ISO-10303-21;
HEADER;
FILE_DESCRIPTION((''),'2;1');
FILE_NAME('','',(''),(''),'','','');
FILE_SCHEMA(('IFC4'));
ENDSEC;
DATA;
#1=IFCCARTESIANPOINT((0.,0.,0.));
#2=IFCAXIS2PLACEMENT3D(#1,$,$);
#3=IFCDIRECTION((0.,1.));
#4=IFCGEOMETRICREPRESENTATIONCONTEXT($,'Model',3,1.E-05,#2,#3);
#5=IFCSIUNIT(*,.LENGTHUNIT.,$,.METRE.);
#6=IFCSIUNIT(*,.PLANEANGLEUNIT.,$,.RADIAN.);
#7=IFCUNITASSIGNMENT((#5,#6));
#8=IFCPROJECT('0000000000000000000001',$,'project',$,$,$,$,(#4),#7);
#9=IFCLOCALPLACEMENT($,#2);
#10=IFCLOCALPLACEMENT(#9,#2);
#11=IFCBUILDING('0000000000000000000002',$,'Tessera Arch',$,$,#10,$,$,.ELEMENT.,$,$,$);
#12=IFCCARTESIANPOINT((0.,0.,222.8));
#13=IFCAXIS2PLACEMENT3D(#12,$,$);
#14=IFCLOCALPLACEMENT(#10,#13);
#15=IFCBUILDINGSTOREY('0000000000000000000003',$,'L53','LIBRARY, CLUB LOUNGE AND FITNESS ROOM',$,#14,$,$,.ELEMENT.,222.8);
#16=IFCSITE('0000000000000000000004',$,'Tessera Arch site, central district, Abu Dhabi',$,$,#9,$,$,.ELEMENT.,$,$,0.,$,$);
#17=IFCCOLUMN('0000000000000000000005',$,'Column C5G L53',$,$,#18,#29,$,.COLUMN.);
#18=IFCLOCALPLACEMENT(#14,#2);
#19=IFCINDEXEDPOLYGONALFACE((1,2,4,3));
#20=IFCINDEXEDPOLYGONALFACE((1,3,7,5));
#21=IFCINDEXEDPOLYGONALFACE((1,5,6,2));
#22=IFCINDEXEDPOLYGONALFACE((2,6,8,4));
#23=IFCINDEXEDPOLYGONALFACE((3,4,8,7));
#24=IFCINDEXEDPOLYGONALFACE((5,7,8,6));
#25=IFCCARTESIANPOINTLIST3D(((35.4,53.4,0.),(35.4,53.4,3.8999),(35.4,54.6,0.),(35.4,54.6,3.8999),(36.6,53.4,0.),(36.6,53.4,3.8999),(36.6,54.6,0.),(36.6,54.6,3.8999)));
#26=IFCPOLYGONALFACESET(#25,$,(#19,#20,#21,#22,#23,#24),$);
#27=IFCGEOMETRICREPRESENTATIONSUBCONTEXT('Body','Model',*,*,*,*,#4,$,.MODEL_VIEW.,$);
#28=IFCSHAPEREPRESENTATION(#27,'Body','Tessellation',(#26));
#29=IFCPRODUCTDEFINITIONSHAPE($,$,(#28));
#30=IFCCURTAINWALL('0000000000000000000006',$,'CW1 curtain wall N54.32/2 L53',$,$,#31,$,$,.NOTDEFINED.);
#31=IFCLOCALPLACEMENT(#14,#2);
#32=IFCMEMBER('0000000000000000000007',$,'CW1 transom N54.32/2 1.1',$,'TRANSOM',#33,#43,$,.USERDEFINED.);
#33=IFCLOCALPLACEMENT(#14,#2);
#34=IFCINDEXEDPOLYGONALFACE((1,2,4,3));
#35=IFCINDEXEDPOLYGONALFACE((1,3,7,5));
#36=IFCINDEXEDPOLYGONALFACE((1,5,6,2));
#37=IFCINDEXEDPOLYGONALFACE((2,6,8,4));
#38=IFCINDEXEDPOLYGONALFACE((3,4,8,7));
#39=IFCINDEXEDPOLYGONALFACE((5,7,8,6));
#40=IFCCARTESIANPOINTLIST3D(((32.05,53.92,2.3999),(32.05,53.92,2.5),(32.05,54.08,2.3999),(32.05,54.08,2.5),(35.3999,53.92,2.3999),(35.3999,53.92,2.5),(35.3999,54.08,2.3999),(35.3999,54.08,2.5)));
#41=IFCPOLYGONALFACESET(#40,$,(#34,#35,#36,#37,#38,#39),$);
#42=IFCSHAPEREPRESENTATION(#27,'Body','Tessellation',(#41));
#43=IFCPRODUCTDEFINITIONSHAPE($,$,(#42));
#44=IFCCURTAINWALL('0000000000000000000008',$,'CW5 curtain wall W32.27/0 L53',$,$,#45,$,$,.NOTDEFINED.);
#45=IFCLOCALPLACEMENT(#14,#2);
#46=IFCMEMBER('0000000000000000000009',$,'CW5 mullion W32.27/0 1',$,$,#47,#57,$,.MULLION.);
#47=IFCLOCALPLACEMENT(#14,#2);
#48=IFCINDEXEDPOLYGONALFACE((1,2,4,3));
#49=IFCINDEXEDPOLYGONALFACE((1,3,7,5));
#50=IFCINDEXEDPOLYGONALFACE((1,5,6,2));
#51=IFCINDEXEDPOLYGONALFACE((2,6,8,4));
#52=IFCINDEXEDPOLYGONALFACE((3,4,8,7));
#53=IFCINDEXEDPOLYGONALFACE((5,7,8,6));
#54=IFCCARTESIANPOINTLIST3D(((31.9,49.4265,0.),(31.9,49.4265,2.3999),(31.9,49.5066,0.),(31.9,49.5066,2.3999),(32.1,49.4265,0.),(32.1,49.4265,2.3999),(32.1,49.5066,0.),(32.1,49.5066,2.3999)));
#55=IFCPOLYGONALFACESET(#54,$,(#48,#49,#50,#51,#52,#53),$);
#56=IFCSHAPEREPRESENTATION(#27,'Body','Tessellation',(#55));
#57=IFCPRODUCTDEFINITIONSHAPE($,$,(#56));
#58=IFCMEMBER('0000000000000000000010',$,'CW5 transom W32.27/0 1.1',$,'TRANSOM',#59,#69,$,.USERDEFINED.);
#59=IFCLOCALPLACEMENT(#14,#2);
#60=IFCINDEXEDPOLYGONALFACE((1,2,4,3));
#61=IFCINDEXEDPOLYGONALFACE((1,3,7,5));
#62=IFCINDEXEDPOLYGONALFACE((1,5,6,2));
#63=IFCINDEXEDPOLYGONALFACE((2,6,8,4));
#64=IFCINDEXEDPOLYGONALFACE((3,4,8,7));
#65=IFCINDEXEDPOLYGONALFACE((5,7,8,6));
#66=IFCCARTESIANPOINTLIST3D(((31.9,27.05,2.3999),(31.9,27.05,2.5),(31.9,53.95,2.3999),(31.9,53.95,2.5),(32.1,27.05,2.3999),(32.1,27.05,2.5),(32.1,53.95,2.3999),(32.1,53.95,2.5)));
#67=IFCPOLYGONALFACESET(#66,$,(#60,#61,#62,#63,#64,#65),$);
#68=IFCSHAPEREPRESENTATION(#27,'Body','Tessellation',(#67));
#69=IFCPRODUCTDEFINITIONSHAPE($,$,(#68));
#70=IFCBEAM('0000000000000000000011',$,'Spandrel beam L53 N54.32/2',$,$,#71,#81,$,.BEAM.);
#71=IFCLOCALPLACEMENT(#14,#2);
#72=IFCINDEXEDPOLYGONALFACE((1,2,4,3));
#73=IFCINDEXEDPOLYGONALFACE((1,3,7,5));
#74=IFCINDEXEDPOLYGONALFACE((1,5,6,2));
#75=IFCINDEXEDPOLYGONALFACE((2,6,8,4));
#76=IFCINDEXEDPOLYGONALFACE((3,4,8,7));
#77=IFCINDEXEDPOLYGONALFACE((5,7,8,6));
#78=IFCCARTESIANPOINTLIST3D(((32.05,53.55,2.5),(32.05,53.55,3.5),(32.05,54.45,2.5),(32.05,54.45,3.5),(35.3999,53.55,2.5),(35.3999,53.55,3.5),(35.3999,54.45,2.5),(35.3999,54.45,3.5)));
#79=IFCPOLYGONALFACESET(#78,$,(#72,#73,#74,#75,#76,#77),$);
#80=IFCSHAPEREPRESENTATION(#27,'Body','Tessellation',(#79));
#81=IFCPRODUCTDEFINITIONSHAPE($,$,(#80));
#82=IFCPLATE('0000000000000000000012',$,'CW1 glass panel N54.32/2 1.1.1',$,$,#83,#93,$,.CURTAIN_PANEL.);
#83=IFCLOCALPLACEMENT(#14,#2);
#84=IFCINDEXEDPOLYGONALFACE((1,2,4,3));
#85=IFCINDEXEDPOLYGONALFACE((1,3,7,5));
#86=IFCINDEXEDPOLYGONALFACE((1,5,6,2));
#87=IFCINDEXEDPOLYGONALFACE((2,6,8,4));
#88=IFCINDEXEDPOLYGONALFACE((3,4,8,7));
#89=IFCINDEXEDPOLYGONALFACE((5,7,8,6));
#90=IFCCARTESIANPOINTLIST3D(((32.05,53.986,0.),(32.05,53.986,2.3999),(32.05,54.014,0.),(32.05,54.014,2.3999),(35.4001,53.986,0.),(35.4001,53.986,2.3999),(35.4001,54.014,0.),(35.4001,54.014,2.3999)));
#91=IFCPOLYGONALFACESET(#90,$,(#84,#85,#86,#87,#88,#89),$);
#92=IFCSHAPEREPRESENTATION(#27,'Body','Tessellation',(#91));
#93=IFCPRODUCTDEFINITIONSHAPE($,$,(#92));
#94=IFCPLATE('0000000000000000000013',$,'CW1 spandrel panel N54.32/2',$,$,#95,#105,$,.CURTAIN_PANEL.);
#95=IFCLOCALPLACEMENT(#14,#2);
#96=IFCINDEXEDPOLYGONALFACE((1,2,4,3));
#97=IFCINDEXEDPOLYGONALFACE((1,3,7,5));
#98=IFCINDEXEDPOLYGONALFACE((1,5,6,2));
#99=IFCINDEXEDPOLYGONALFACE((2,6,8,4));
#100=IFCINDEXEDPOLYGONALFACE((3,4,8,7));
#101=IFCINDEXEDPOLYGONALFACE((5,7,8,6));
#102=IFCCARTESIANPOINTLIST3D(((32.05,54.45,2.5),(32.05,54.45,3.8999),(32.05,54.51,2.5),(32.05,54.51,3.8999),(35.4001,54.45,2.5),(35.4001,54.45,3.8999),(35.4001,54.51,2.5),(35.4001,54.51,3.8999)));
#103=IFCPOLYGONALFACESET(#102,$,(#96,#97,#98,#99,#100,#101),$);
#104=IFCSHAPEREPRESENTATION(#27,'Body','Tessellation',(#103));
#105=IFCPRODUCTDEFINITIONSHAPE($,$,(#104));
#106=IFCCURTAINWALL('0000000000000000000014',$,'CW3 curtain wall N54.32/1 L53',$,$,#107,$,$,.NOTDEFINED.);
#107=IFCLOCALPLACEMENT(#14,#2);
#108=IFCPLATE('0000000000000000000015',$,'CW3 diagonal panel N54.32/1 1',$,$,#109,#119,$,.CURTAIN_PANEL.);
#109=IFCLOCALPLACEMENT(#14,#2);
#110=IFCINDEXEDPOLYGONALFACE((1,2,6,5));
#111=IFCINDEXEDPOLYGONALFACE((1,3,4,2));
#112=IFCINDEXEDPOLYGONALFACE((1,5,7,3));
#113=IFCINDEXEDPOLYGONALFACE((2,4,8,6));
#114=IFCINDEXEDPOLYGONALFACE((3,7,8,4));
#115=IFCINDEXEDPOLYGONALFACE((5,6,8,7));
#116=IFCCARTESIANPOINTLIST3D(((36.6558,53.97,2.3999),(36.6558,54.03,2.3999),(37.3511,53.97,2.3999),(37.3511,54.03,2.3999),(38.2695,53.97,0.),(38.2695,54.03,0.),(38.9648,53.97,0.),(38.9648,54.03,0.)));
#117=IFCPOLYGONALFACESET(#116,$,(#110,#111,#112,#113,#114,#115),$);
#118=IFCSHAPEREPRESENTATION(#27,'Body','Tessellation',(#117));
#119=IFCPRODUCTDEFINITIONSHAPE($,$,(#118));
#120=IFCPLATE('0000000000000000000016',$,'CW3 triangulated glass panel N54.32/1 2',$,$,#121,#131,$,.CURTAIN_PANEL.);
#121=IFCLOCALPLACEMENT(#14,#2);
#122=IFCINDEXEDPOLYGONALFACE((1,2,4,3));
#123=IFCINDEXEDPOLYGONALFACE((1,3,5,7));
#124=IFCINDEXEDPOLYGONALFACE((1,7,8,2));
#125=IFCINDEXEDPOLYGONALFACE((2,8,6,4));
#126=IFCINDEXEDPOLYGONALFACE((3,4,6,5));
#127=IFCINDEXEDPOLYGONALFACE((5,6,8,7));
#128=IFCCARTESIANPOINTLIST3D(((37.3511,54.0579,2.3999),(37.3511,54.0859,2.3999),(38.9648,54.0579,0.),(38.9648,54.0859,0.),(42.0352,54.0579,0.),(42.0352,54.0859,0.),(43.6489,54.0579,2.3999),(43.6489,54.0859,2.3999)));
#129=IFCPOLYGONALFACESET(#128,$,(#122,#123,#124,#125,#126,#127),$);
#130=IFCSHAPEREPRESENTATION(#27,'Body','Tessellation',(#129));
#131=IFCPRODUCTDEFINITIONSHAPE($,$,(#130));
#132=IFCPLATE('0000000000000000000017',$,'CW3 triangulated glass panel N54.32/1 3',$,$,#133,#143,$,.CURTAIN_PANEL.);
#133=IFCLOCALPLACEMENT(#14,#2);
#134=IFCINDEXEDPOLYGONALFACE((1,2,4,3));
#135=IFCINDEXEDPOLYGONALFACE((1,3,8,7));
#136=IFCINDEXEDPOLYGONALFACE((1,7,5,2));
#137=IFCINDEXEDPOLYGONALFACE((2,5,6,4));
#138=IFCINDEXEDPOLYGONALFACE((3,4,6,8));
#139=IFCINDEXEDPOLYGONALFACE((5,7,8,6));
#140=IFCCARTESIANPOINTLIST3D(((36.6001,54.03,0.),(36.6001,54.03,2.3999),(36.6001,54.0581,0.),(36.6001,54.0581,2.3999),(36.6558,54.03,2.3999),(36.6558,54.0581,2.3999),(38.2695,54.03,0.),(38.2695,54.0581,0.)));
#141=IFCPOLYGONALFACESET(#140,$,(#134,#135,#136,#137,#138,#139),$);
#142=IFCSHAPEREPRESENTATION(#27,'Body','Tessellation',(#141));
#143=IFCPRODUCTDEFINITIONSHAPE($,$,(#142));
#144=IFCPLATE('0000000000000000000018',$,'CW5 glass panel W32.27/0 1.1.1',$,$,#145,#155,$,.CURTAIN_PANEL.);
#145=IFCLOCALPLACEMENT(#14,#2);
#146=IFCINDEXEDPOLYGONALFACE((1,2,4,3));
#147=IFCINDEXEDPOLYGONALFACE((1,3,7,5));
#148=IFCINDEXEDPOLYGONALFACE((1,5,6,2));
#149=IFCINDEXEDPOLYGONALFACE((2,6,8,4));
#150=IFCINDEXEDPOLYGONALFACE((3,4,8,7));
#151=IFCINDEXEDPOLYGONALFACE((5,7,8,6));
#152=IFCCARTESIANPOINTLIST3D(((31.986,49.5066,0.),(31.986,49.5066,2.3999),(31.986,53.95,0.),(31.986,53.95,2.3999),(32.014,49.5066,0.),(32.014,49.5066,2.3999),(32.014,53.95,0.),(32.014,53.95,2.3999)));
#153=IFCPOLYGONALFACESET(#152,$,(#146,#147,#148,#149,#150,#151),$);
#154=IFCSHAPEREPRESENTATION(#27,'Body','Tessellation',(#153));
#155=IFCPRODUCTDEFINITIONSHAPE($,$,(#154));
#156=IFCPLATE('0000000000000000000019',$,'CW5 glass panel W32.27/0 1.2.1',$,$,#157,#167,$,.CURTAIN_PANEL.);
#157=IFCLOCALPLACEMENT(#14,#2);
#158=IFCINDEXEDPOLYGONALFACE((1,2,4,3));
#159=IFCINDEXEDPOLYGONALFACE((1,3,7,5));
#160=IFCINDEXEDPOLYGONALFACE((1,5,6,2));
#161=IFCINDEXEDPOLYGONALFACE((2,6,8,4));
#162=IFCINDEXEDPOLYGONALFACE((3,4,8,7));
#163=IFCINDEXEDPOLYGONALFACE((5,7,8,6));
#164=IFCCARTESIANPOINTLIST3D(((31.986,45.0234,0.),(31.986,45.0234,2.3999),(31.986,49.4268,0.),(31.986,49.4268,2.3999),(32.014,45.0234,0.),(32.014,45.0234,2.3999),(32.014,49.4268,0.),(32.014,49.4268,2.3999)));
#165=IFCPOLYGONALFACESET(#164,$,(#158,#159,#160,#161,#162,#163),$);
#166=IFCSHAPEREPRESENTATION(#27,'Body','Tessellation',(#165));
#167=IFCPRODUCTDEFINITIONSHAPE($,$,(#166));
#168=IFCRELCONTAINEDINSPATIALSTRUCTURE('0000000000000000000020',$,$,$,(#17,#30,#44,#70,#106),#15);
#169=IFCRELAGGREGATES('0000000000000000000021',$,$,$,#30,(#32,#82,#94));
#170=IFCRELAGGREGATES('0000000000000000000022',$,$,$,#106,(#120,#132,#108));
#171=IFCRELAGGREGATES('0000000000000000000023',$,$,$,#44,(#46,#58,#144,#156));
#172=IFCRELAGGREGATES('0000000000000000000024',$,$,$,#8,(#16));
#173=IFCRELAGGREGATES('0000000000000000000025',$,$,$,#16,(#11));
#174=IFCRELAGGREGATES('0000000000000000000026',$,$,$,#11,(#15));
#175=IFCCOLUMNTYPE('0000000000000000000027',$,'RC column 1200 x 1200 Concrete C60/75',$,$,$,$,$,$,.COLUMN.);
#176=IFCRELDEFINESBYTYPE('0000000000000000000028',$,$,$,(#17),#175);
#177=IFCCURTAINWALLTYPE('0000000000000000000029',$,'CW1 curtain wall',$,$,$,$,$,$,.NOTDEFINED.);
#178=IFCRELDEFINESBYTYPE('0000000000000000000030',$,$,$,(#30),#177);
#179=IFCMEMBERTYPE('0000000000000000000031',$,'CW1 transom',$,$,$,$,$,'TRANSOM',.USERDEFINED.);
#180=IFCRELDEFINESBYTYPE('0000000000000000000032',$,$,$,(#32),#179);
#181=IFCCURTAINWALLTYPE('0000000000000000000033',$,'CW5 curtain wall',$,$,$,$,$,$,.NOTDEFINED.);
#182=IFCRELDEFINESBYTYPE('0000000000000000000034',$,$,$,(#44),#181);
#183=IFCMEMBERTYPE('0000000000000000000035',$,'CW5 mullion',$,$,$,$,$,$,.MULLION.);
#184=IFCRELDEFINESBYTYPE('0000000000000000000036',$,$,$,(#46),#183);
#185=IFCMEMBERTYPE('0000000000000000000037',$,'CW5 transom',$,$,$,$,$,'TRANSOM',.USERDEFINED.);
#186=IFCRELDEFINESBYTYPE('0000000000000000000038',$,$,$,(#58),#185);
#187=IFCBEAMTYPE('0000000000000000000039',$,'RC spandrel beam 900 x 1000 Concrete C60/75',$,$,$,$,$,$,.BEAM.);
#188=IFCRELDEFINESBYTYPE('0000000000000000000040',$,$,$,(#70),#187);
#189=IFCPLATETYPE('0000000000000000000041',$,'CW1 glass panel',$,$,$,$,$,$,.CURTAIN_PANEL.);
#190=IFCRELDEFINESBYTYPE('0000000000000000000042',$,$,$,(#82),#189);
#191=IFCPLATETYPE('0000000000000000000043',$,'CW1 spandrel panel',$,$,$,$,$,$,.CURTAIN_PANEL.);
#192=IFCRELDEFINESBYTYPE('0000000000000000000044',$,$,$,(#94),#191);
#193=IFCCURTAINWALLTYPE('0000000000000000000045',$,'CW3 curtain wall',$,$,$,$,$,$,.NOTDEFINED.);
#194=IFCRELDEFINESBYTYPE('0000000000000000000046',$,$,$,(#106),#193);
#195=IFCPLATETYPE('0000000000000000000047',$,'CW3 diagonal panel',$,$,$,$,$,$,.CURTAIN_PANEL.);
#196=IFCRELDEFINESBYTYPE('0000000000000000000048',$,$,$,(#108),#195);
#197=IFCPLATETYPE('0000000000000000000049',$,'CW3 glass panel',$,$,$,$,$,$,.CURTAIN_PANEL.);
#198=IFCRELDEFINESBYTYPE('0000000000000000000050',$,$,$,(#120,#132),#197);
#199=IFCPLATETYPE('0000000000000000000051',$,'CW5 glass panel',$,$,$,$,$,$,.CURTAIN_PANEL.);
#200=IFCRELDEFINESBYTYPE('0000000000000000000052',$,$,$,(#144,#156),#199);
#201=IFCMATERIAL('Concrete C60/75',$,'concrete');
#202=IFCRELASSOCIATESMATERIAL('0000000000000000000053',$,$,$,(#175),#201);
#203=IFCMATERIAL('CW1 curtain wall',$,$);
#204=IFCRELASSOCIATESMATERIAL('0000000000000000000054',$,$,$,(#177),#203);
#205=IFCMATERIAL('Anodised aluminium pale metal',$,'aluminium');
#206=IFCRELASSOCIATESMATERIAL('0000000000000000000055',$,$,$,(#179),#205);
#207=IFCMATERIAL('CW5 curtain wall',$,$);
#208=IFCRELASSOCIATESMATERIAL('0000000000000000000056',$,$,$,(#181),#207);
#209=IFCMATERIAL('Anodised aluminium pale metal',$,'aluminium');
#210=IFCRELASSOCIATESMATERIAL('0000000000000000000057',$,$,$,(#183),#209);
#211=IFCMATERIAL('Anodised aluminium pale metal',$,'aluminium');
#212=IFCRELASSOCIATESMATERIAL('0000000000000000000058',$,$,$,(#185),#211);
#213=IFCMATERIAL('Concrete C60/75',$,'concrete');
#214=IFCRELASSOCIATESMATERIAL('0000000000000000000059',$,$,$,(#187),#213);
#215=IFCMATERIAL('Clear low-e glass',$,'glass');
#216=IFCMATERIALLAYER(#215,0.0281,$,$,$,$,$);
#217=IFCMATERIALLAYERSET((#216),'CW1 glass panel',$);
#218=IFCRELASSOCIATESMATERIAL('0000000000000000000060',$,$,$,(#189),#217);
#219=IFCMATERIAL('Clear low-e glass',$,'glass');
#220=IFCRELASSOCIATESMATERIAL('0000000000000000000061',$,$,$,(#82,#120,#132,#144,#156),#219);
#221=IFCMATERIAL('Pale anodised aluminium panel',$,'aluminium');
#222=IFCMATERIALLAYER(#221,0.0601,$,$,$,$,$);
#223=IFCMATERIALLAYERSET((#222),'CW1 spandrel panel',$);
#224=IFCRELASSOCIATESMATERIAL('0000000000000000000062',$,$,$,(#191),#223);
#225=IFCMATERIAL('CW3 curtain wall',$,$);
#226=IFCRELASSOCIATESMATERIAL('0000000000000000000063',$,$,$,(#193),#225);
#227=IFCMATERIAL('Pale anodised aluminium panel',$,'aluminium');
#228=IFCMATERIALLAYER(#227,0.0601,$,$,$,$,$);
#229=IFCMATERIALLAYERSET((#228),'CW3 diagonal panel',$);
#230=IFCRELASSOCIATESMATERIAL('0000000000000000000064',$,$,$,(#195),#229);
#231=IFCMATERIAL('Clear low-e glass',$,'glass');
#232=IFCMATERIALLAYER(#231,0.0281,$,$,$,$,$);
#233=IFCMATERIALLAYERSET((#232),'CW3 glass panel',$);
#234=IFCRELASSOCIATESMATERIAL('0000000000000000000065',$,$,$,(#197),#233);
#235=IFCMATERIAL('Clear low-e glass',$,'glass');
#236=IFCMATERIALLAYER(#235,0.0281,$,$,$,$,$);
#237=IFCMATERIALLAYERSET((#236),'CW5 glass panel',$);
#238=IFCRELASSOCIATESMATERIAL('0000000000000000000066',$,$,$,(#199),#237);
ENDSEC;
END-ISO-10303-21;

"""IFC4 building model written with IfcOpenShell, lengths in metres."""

from ifc_helpers import new_model, si_unit, direction, frame, origin, origin_2d, place, context, subcontext, project, spatial, polyline, rectangle, outline, extrude, material, layer, layer_set, material_profile, profile_set, type_object, element, aggregate, save


model = new_model("IFC4")

# Units and contexts
model_context = context("Model", 3, precision=1e-05, world=origin(), true_north=direction((0.0, 1.0)))
body_context = subcontext(model_context, "Body", "Model", "MODEL_VIEW")
ifc_project = project(units=[si_unit("LENGTHUNIT", "METRE"), si_unit("PLANEANGLEUNIT", "RADIAN")], contexts=[model_context])

# Site, building, storey
site_placement = place(None, origin())
site = spatial("IfcSite", under=ifc_project, at=site_placement, Name="Tessera Arch site, central district, Abu Dhabi", CompositionType="ELEMENT", RefElevation=0.0)
building_placement = place(site_placement, origin())
building = spatial("IfcBuilding", under=site, at=building_placement, Name="Tessera Arch", CompositionType="ELEMENT")
storey_placement = place(building_placement, frame((0.0, 0.0, 222.8)))
storey = spatial("IfcBuildingStorey", under=building, at=storey_placement, Name="L53", Description="LIBRARY, CLUB LOUNGE AND FITNESS ROOM", CompositionType="ELEMENT", Elevation=222.8)

# Column
ifc_material_1 = material(Name="Concrete C60/75", Category="concrete")
ifc_material_profile_1 = material_profile(ifc_material_1, rectangle(XDim=1.2, YDim=1.2, at=origin_2d()), Name="RC column 1200 x 1200 Concrete C60/75")
ifc_profile_set_1 = profile_set([ifc_material_profile_1], Name="Concrete C60/75")
column_type = type_object("IfcColumnType", Name="RC column 1200 x 1200 Concrete C60/75", PredefinedType="COLUMN", material=ifc_profile_set_1)
column_placement = place(storey_placement, frame((36.0, 54.0, 0.0), z_axis=(0.0, 0.0, 1.0), x_axis=(1.0, 0.0, 0.0)))
element("IfcColumn", 1, at=column_placement, inside=storey, type_object=column_type, Name="Column C5G L53", PredefinedType="COLUMN", context=body_context, shape_type="SweptSolid", body=[
    extrude(rectangle(XDim=1.2, YDim=1.2, at=origin_2d()), origin(), (0.0, 0.0, 1.0), 3.8999),
])

# Curtain wall, member
ifc_material_2 = material(Name="CW1 curtain wall")
curtain_wall_type_1 = type_object("IfcCurtainWallType", Name="CW1 curtain wall", PredefinedType="NOTDEFINED", material=ifc_material_2)
curtain_wall_1_placement = place(storey_placement, origin())
curtain_wall_1 = element("IfcCurtainWall", 2, at=curtain_wall_1_placement, inside=storey, type_object=curtain_wall_type_1, Name="CW1 curtain wall N54.32/2 L53", PredefinedType="NOTDEFINED")
ifc_material_3 = material(Name="Anodised aluminium pale metal", Category="aluminium")
ifc_material_profile_2 = material_profile(ifc_material_3, rectangle(XDim=0.1599, YDim=0.1001, at=origin_2d()), Name="AL 160x100")
ifc_profile_set_2 = profile_set([ifc_material_profile_2], Name="Anodised aluminium pale metal")
member_type_1 = type_object("IfcMemberType", Name="CW1 transom", ElementType="TRANSOM", PredefinedType="USERDEFINED", material=ifc_profile_set_2)
member_1_placement = place(storey_placement, frame((35.3999, 54.0, 2.45), z_axis=(-1.0, 0.0, 0.0), x_axis=(0.0, -1.0, 0.0)))
member_1 = element("IfcMember", 3, at=member_1_placement, type_object=member_type_1, Name="CW1 transom N54.32/2 1.1", ObjectType="TRANSOM", PredefinedType="USERDEFINED", context=body_context, shape_type="SweptSolid", body=[
    extrude(rectangle(XDim=0.1599, YDim=0.1001, at=origin_2d()), origin(), (0.0, 0.0, 1.0), 3.3499),
])

# Curtain wall, members
ifc_material_4 = material(Name="CW5 curtain wall")
curtain_wall_type_2 = type_object("IfcCurtainWallType", Name="CW5 curtain wall", PredefinedType="NOTDEFINED", material=ifc_material_4)
curtain_wall_2_placement = place(storey_placement, origin())
curtain_wall_2 = element("IfcCurtainWall", 4, at=curtain_wall_2_placement, inside=storey, type_object=curtain_wall_type_2, Name="CW5 curtain wall W32.27/0 L53", PredefinedType="NOTDEFINED")
ifc_material_5 = material(Name="Anodised aluminium pale metal", Category="aluminium")
ifc_material_profile_3 = material_profile(ifc_material_5, rectangle(XDim=0.2, YDim=0.0801, at=origin_2d()), Name="AL 80x200")
ifc_profile_set_3 = profile_set([ifc_material_profile_3], Name="Anodised aluminium pale metal")
member_type_2 = type_object("IfcMemberType", Name="CW5 mullion", PredefinedType="MULLION", material=ifc_profile_set_3)
member_2_placement = place(storey_placement, frame((32.0, 49.4666, 0.0), z_axis=(0.0, 0.0, 1.0), x_axis=(1.0, 0.0, 0.0)))
member_2 = element("IfcMember", 5, at=member_2_placement, type_object=member_type_2, Name="CW5 mullion W32.27/0 1", PredefinedType="MULLION", context=body_context, shape_type="SweptSolid", body=[
    extrude(rectangle(XDim=0.2, YDim=0.0801, at=origin_2d()), origin(), (0.0, 0.0, 1.0), 2.3999),
])
ifc_material_6 = material(Name="Anodised aluminium pale metal", Category="aluminium")
ifc_material_profile_4 = material_profile(ifc_material_6, rectangle(XDim=0.2, YDim=0.1001, at=origin_2d()), Name="AL 200x100")
ifc_profile_set_4 = profile_set([ifc_material_profile_4], Name="Anodised aluminium pale metal")
member_type_3 = type_object("IfcMemberType", Name="CW5 transom", ElementType="TRANSOM", PredefinedType="USERDEFINED", material=ifc_profile_set_4)
member_3_placement = place(storey_placement, frame((32.0, 53.95, 2.45), z_axis=(0.0, -1.0, 0.0), x_axis=(1.0, 0.0, 0.0)))
member_3 = element("IfcMember", 6, at=member_3_placement, type_object=member_type_3, Name="CW5 transom W32.27/0 1.1", ObjectType="TRANSOM", PredefinedType="USERDEFINED", context=body_context, shape_type="SweptSolid", body=[
    extrude(rectangle(XDim=0.2, YDim=0.1001, at=origin_2d()), origin(), (0.0, 0.0, 1.0), 26.8999),
])

# Beam
ifc_material_7 = material(Name="Concrete C60/75", Category="concrete")
ifc_material_profile_5 = material_profile(ifc_material_7, rectangle(XDim=0.8999, YDim=1.0, at=origin_2d()), Name="RC spandrel beam 900 x 1000 Concrete C60/75")
ifc_profile_set_5 = profile_set([ifc_material_profile_5], Name="Concrete C60/75")
beam_type = type_object("IfcBeamType", Name="RC spandrel beam 900 x 1000 Concrete C60/75", PredefinedType="BEAM", material=ifc_profile_set_5)
beam_placement = place(storey_placement, frame((35.3999, 54.0, 3.0), z_axis=(-1.0, 0.0, 0.0), x_axis=(0.0, -1.0, 0.0)))
element("IfcBeam", 7, at=beam_placement, inside=storey, type_object=beam_type, Name="Spandrel beam L53 N54.32/2", PredefinedType="BEAM", context=body_context, shape_type="SweptSolid", body=[
    extrude(rectangle(XDim=0.8999, YDim=1.0, at=origin_2d()), origin(), (0.0, 0.0, 1.0), 3.3499),
])

# Plates
ifc_material_8 = material(Name="Clear low-e glass", Category="glass")
ifc_material_9 = material(Name="Clear low-e glass", Category="glass")
ifc_layer_1 = layer(ifc_material_9, 0.0281)
ifc_layer_set_1 = layer_set([ifc_layer_1], Name="CW1 glass panel")
plate_type_1 = type_object("IfcPlateType", Name="CW1 glass panel", PredefinedType="CURTAIN_PANEL", material=ifc_layer_set_1)
plate_1_placement = place(storey_placement, frame((33.7251, 54.0, 0.0), z_axis=(0.0, 0.0, 1.0), x_axis=(-1.0, 0.0, 0.0)))
plate_1 = element("IfcPlate", 8, at=plate_1_placement, type_object=plate_type_1, material=ifc_material_8, Name="CW1 glass panel N54.32/2 1.1.1", PredefinedType="CURTAIN_PANEL", context=body_context, shape_type="SweptSolid", body=[
    extrude(rectangle(XDim=3.3501, YDim=0.0281, at=origin_2d()), origin(), (0.0, 0.0, 1.0), 2.3999),
])
ifc_material_10 = material(Name="Pale anodised aluminium panel", Category="aluminium")
ifc_layer_2 = layer(ifc_material_10, 0.0601)
ifc_layer_set_2 = layer_set([ifc_layer_2], Name="CW1 spandrel panel")
plate_type_2 = type_object("IfcPlateType", Name="CW1 spandrel panel", PredefinedType="CURTAIN_PANEL", material=ifc_layer_set_2)
plate_2_placement = place(storey_placement, frame((33.7251, 54.48, 2.5), z_axis=(0.0, 0.0, 1.0), x_axis=(-1.0, 0.0, 0.0)))
plate_2 = element("IfcPlate", 9, at=plate_2_placement, type_object=plate_type_2, Name="CW1 spandrel panel N54.32/2", PredefinedType="CURTAIN_PANEL", context=body_context, shape_type="SweptSolid", body=[
    extrude(rectangle(XDim=3.3501, YDim=0.0601, at=origin_2d()), origin(), (0.0, 0.0, 1.0), 1.3999),
])
aggregate(curtain_wall_1, [member_1, plate_1, plate_2])

# Curtain wall, plates
ifc_material_11 = material(Name="CW3 curtain wall")
curtain_wall_type_3 = type_object("IfcCurtainWallType", Name="CW3 curtain wall", PredefinedType="NOTDEFINED", material=ifc_material_11)
curtain_wall_3_placement = place(storey_placement, origin())
curtain_wall_3 = element("IfcCurtainWall", 10, at=curtain_wall_3_placement, inside=storey, type_object=curtain_wall_type_3, Name="CW3 curtain wall N54.32/1 L53", PredefinedType="NOTDEFINED")
ifc_material_12 = material(Name="Pale anodised aluminium panel", Category="aluminium")
ifc_layer_3 = layer(ifc_material_12, 0.0601)
ifc_layer_set_3 = layer_set([ifc_layer_3], Name="CW3 diagonal panel")
plate_type_3 = type_object("IfcPlateType", Name="CW3 diagonal panel", PredefinedType="CURTAIN_PANEL", material=ifc_layer_set_3)
plate_3_placement = place(storey_placement, frame((36.6558, 54.03, 2.3999), z_axis=(0.0, 1.0, 0.0), x_axis=(1.0, 0.0, 0.0)))
plate_3 = element("IfcPlate", 11, at=plate_3_placement, type_object=plate_type_3, Name="CW3 diagonal panel N54.32/1 1", PredefinedType="CURTAIN_PANEL", context=body_context, shape_type="SweptSolid", body=[
    extrude(outline(polyline([(0.0, 0.0), (0.6953, 0.0), (2.3091, 2.3999), (1.6138, 2.3999), (0.0, 0.0)])), origin(), (0.0, 0.0, -1.0), 0.0601),
])
ifc_material_13 = material(Name="Clear low-e glass", Category="glass")
ifc_layer_4 = layer(ifc_material_13, 0.0281)
ifc_layer_set_4 = layer_set([ifc_layer_4], Name="CW3 glass panel")
plate_type_4 = type_object("IfcPlateType", Name="CW3 glass panel", PredefinedType="CURTAIN_PANEL", material=ifc_layer_set_4)
plate_4_placement = place(storey_placement, frame((37.3511, 54.0859, 2.3999), z_axis=(0.0, 1.0, 0.0), x_axis=(1.0, 0.0, 0.0)))
plate_4 = element("IfcPlate", 12, at=plate_4_placement, type_object=plate_type_4, material=ifc_material_8, Name="CW3 triangulated glass panel N54.32/1 2", PredefinedType="CURTAIN_PANEL", context=body_context, shape_type="SweptSolid", body=[
    extrude(outline(polyline([(0.0, 0.0), (6.2979, 0.0), (4.6841, 2.3999), (1.6138, 2.3999), (0.0, 0.0)])), origin(), (0.0, 0.0, -1.0), 0.0281),
])
plate_5_placement = place(storey_placement, frame((36.6001, 54.0581, 2.3999), z_axis=(0.0, 1.0, 0.0), x_axis=(1.0, 0.0, 0.0)))
plate_5 = element("IfcPlate", 13, at=plate_5_placement, type_object=plate_type_4, material=ifc_material_8, Name="CW3 triangulated glass panel N54.32/1 3", PredefinedType="CURTAIN_PANEL", context=body_context, shape_type="SweptSolid", body=[
    extrude(outline(polyline([(0.0, 0.0), (0.0557, 0.0), (1.6694, 2.3999), (0.0, 2.3999), (0.0, 0.0)])), origin(), (0.0, 0.0, -1.0), 0.0281),
])
aggregate(curtain_wall_3, [plate_4, plate_5, plate_3])

# Plates
ifc_material_14 = material(Name="Clear low-e glass", Category="glass")
ifc_layer_5 = layer(ifc_material_14, 0.0281)
ifc_layer_set_5 = layer_set([ifc_layer_5], Name="CW5 glass panel")
plate_type_5 = type_object("IfcPlateType", Name="CW5 glass panel", PredefinedType="CURTAIN_PANEL", material=ifc_layer_set_5)
plate_6_placement = place(storey_placement, frame((32.0, 51.7283, 0.0), z_axis=(0.0, 0.0, 1.0), x_axis=(0.0, -1.0, 0.0)))
plate_6 = element("IfcPlate", 14, at=plate_6_placement, type_object=plate_type_5, material=ifc_material_8, Name="CW5 glass panel W32.27/0 1.1.1", PredefinedType="CURTAIN_PANEL", context=body_context, shape_type="SweptSolid", body=[
    extrude(rectangle(XDim=4.4434, YDim=0.0281, at=origin_2d()), origin(), (0.0, 0.0, 1.0), 2.3999),
])
plate_7_placement = place(storey_placement, frame((32.0, 47.2251, 0.0), z_axis=(0.0, 0.0, 1.0), x_axis=(0.0, -1.0, 0.0)))
plate_7 = element("IfcPlate", 15, at=plate_7_placement, type_object=plate_type_5, material=ifc_material_8, Name="CW5 glass panel W32.27/0 1.2.1", PredefinedType="CURTAIN_PANEL", context=body_context, shape_type="SweptSolid", body=[
    extrude(rectangle(XDim=4.4033, YDim=0.0281, at=origin_2d()), origin(), (0.0, 0.0, 1.0), 2.3999),
])
aggregate(curtain_wall_2, [member_2, member_3, plate_6, plate_7])

save(model, "model.ifc")
